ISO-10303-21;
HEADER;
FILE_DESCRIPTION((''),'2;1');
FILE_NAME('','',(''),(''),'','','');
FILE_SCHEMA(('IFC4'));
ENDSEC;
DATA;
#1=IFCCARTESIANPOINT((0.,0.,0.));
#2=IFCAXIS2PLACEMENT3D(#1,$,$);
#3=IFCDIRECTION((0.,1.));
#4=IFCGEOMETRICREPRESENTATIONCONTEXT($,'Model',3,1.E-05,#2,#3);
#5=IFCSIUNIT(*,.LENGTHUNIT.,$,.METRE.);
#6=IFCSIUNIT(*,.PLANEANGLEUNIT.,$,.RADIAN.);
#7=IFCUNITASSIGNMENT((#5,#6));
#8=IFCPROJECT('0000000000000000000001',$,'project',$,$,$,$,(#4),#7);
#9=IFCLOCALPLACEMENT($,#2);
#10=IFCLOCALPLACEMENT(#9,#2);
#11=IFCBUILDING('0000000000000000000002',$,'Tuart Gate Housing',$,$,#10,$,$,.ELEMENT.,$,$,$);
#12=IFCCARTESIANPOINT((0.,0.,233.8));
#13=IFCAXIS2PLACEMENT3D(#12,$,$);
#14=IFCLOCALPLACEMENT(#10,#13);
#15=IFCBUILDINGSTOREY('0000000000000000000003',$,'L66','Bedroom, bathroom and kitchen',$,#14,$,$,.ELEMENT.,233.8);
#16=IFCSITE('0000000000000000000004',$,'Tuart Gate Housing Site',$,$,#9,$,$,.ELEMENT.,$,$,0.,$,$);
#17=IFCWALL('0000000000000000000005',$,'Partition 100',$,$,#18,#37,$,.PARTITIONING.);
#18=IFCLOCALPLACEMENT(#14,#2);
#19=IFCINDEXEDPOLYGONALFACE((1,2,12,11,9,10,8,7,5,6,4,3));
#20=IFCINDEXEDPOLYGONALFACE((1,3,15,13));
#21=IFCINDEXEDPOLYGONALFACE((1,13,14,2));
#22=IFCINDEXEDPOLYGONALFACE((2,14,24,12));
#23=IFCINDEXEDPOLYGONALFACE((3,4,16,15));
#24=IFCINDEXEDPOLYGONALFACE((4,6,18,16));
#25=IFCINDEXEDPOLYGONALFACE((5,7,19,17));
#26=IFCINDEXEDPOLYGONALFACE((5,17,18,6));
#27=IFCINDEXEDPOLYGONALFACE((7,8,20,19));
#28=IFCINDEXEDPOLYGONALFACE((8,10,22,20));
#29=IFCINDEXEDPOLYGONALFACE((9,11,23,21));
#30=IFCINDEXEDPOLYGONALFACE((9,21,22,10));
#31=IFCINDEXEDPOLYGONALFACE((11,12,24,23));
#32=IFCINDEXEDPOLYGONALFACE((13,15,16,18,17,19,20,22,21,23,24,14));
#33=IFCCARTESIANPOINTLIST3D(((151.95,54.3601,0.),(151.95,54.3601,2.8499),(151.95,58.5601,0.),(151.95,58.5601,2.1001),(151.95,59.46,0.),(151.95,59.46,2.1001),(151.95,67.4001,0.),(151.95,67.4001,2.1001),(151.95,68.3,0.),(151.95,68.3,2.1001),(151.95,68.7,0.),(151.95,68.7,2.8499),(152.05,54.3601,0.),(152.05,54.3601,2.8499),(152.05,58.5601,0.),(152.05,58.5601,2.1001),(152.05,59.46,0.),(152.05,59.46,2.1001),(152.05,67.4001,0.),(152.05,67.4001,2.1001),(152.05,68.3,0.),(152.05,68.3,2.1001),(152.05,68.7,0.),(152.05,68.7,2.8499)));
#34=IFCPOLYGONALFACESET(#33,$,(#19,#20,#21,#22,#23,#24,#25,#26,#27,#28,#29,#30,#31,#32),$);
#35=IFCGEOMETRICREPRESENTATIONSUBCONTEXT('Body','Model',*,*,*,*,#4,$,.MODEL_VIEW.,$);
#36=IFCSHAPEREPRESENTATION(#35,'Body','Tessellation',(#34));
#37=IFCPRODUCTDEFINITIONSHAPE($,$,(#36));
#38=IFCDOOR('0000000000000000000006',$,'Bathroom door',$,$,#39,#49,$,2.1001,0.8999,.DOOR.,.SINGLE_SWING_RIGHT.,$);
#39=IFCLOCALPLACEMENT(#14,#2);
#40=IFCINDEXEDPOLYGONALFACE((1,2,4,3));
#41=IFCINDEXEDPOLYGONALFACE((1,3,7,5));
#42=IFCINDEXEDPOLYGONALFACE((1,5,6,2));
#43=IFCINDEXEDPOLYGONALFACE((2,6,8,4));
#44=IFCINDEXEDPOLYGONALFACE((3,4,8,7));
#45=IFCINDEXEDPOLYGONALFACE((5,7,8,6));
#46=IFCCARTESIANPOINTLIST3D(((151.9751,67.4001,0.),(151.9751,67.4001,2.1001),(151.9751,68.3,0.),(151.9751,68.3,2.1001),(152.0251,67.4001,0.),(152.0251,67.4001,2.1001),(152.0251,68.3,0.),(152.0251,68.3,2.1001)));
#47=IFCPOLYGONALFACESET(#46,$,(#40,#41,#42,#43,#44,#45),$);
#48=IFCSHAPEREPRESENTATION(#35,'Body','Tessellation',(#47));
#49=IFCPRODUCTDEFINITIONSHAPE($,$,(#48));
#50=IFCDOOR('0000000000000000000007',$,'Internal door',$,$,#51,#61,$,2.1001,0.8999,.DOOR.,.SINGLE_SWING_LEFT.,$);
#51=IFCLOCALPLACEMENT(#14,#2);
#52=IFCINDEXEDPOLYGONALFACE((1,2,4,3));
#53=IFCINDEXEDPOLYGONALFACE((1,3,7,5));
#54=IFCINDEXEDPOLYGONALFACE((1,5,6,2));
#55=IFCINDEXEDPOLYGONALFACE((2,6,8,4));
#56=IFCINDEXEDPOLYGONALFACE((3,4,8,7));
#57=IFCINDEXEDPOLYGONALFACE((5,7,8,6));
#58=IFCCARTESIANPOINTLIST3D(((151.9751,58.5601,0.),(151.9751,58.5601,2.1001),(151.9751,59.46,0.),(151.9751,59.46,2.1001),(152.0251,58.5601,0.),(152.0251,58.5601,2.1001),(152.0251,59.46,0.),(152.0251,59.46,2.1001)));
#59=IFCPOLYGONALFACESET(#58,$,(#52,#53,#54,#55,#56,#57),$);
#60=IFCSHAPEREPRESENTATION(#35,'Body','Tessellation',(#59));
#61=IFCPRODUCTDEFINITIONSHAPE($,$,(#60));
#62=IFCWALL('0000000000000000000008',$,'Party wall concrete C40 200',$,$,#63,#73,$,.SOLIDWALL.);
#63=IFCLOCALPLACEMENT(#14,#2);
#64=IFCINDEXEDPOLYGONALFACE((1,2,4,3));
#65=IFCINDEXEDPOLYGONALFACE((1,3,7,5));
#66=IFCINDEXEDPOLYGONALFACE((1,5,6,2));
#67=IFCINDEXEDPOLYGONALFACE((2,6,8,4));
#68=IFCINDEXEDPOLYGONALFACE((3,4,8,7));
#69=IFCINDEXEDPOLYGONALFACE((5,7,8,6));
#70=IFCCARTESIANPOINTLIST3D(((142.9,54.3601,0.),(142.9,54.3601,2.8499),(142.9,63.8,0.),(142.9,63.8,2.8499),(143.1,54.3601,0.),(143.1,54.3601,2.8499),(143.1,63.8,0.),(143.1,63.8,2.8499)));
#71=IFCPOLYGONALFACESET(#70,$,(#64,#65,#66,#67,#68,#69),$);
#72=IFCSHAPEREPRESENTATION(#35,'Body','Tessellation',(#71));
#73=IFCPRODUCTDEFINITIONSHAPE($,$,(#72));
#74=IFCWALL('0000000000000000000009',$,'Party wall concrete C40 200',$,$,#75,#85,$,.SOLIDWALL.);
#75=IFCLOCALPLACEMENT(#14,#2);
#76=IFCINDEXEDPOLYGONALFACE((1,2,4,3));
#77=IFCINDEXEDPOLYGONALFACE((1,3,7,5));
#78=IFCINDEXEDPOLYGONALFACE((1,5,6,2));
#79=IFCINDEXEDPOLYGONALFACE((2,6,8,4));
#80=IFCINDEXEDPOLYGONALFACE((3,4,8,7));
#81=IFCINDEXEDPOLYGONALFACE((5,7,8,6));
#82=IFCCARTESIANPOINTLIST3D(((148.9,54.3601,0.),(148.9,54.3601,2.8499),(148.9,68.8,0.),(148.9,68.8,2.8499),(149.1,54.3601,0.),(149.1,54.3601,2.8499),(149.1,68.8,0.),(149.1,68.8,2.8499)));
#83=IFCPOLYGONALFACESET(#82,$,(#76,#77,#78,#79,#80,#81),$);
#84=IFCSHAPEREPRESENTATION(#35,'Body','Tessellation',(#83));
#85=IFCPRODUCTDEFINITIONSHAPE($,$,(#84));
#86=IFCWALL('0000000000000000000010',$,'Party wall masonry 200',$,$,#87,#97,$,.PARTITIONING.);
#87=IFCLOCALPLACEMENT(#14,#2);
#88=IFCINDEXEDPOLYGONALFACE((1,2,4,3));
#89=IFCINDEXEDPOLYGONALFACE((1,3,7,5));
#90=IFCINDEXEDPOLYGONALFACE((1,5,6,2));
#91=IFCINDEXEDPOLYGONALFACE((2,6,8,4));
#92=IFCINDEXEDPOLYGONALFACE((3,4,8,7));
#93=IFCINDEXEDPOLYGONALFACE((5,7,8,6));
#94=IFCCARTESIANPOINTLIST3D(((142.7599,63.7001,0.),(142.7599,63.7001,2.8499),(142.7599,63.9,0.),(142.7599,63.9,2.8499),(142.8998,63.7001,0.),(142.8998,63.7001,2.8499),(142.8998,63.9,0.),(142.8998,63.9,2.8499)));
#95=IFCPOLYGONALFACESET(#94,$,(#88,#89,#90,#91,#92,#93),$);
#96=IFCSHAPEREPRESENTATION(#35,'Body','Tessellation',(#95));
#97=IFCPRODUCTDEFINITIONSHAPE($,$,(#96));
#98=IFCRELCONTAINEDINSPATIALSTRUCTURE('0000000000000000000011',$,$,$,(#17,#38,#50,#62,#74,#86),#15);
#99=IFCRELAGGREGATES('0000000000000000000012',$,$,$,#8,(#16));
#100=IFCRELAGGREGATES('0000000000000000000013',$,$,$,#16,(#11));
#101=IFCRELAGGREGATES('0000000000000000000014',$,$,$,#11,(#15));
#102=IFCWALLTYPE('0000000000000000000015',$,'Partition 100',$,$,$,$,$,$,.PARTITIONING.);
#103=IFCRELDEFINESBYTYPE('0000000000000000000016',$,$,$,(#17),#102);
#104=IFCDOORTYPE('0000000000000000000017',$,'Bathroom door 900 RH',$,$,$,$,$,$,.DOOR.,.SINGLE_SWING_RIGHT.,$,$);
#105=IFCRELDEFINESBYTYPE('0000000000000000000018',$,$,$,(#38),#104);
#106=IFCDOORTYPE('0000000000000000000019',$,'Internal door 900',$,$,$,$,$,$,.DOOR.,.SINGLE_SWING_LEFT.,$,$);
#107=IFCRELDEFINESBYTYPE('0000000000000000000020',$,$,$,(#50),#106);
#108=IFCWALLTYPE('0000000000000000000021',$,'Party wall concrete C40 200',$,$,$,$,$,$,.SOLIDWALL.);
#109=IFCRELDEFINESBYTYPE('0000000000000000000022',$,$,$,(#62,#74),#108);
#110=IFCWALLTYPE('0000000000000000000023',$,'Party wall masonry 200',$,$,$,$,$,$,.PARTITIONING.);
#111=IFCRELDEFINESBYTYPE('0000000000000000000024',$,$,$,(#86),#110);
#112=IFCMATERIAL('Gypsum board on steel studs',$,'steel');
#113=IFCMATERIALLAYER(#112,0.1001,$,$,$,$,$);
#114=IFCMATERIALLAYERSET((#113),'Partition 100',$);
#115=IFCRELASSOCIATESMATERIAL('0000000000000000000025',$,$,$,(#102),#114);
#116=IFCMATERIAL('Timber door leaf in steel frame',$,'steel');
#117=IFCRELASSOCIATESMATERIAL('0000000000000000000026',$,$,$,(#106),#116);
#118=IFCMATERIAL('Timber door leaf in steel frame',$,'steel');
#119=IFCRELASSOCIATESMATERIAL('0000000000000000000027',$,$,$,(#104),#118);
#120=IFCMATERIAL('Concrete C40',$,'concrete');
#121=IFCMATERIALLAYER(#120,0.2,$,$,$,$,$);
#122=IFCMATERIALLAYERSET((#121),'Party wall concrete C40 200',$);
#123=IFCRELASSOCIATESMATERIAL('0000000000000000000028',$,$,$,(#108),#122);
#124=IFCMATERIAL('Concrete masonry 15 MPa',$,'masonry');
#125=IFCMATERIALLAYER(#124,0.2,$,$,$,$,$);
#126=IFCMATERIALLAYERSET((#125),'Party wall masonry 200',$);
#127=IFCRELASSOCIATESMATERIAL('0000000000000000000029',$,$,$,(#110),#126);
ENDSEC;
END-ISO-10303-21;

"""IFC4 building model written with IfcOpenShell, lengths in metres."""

from ifc_helpers import new_model, si_unit, direction, frame, frame_2d, origin, place, context, subcontext, project, spatial, rectangle, extrude, material, layer, layer_set, type_object, element, fill, save


model = new_model("IFC4")

# Units and contexts
model_context = context("Model", 3, precision=1e-05, world=origin(), true_north=direction((0.0, 1.0)))
body_context = subcontext(model_context, "Body", "Model", "MODEL_VIEW")
ifc_project = project(units=[si_unit("LENGTHUNIT", "METRE"), si_unit("PLANEANGLEUNIT", "RADIAN")], contexts=[model_context])

# Site, building, storey
site_placement = place(None, origin())
site = spatial("IfcSite", under=ifc_project, at=site_placement, Name="Tuart Gate Housing Site", CompositionType="ELEMENT", RefElevation=0.0)
building_placement = place(site_placement, origin())
building = spatial("IfcBuilding", under=site, at=building_placement, Name="Tuart Gate Housing", CompositionType="ELEMENT")
storey_placement = place(building_placement, frame((0.0, 0.0, 233.8)))
storey = spatial("IfcBuildingStorey", under=building, at=storey_placement, Name="L66", Description="Bedroom, bathroom and kitchen", CompositionType="ELEMENT", Elevation=233.8)

# Shared definitions
ifc_material_1 = material(Name="Gypsum board on steel studs", Category="steel")
ifc_layer_1 = layer(ifc_material_1, 0.1001)
ifc_layer_set_1 = layer_set([ifc_layer_1], Name="Partition 100")
wall_type_1 = type_object("IfcWallType", Name="Partition 100", PredefinedType="PARTITIONING", material=ifc_layer_set_1)
ifc_material_2 = material(Name="Timber door leaf in steel frame", Category="steel")
door_type_1 = type_object("IfcDoorType", Name="Internal door 900", OperationType="SINGLE_SWING_LEFT", PredefinedType="DOOR", material=ifc_material_2)

# Wall, openings, doors
ifc_material_3 = material(Name="Timber door leaf in steel frame", Category="steel")
door_type_2 = type_object("IfcDoorType", Name="Bathroom door 900 RH", OperationType="SINGLE_SWING_RIGHT", PredefinedType="DOOR", material=ifc_material_3)
wall_1_placement = place(storey_placement, frame((152.0, 54.3601, 0.0), z_axis=(0.0, 0.0, 1.0), x_axis=(0.0, 1.0, 0.0)))
wall_1 = element("IfcWall", 1, at=wall_1_placement, inside=storey, type_object=wall_type_1, Name="Partition 100", PredefinedType="PARTITIONING", context=body_context, shape_type="SweptSolid", body=[
    extrude(rectangle(XDim=14.3398, YDim=0.1001, at=frame_2d((7.1699, 0.0))), origin(), (0.0, 0.0, 1.0), 2.8499),
])
opening_1_placement = place(wall_1_placement, frame((4.2, 0.0, 0.0)))
opening_1 = element("IfcOpeningElement", 2, at=opening_1_placement, cuts=wall_1, PredefinedType="OPENING", context=body_context, shape_type="SweptSolid", body=[
    extrude(rectangle(XDim=0.8999, YDim=2.1001, at=frame_2d((0.45, 1.05))), frame((0.0, 0.0601, 0.0), z_axis=(0.0, -1.0, 0.0), x_axis=(1.0, 0.0, 0.0)), (0.0, 0.0, 1.0), 0.1201),
])
opening_2_placement = place(wall_1_placement, frame((13.04, 0.0, 0.0)))
opening_2 = element("IfcOpeningElement", 3, at=opening_2_placement, cuts=wall_1, PredefinedType="OPENING", context=body_context, shape_type="SweptSolid", body=[
    extrude(rectangle(XDim=0.8999, YDim=2.1001, at=frame_2d((0.45, 1.05))), frame((0.0, 0.0601, 0.0), z_axis=(0.0, -1.0, 0.0), x_axis=(1.0, 0.0, 0.0)), (0.0, 0.0, 1.0), 0.1201),
])
door_1_placement = place(opening_2_placement, origin())
door_1 = element("IfcDoor", 4, at=door_1_placement, inside=storey, type_object=door_type_2, Name="Bathroom door", OperationType="SINGLE_SWING_RIGHT", OverallHeight=2.1001, OverallWidth=0.8999, PredefinedType="DOOR", context=body_context, shape_type="SweptSolid", body=[
    extrude(rectangle(XDim=0.8999, YDim=2.1001, at=frame_2d((0.45, 1.05))), frame((0.0, 0.0249, 0.0), z_axis=(0.0, -1.0, 0.0), x_axis=(1.0, 0.0, 0.0)), (0.0, 0.0, 1.0), 0.05),
])
fill(opening_2, door_1)
door_2_placement = place(opening_1_placement, origin())
door_2 = element("IfcDoor", 5, at=door_2_placement, inside=storey, type_object=door_type_1, Name="Internal door", OperationType="SINGLE_SWING_LEFT", OverallHeight=2.1001, OverallWidth=0.8999, PredefinedType="DOOR", context=body_context, shape_type="SweptSolid", body=[
    extrude(rectangle(XDim=0.8999, YDim=2.1001, at=frame_2d((0.45, 1.05))), frame((0.0, 0.0249, 0.0), z_axis=(0.0, -1.0, 0.0), x_axis=(1.0, 0.0, 0.0)), (0.0, 0.0, 1.0), 0.05),
])
fill(opening_1, door_2)

# Walls
ifc_material_4 = material(Name="Concrete C40", Category="concrete")
ifc_layer_2 = layer(ifc_material_4, 0.2)
ifc_layer_set_2 = layer_set([ifc_layer_2], Name="Party wall concrete C40 200")
wall_type_2 = type_object("IfcWallType", Name="Party wall concrete C40 200", PredefinedType="SOLIDWALL", material=ifc_layer_set_2)
wall_2_placement = place(storey_placement, frame((143.0, 54.3601, 0.0), z_axis=(0.0, 0.0, 1.0), x_axis=(0.0, 1.0, 0.0)))
element("IfcWall", 6, at=wall_2_placement, inside=storey, type_object=wall_type_2, Name="Party wall concrete C40 200", PredefinedType="SOLIDWALL", context=body_context, shape_type="SweptSolid", body=[
    extrude(rectangle(XDim=9.4399, YDim=0.2, at=frame_2d((4.72, 0.0))), origin(), (0.0, 0.0, 1.0), 2.8499),
])
wall_3_placement = place(storey_placement, frame((149.0, 54.3601, 0.0), z_axis=(0.0, 0.0, 1.0), x_axis=(0.0, 1.0, 0.0)))
element("IfcWall", 7, at=wall_3_placement, inside=storey, type_object=wall_type_2, Name="Party wall concrete C40 200", PredefinedType="SOLIDWALL", context=body_context, shape_type="SweptSolid", body=[
    extrude(rectangle(XDim=14.4399, YDim=0.2, at=frame_2d((7.22, 0.0))), origin(), (0.0, 0.0, 1.0), 2.8499),
])
ifc_material_5 = material(Name="Concrete masonry 15 MPa", Category="masonry")
ifc_layer_3 = layer(ifc_material_5, 0.2)
ifc_layer_set_3 = layer_set([ifc_layer_3], Name="Party wall masonry 200")
wall_type_3 = type_object("IfcWallType", Name="Party wall masonry 200", PredefinedType="PARTITIONING", material=ifc_layer_set_3)
wall_4_placement = place(storey_placement, frame((142.76, 63.8, 0.0), z_axis=(0.0, 0.0, 1.0), x_axis=(1.0, 0.0, 0.0)))
element("IfcWall", 8, at=wall_4_placement, inside=storey, type_object=wall_type_3, Name="Party wall masonry 200", PredefinedType="PARTITIONING", context=body_context, shape_type="SweptSolid", body=[
    extrude(rectangle(XDim=0.1399, YDim=0.2, at=frame_2d((0.0698, 0.0))), origin(), (0.0, 0.0, 1.0), 2.8499),
])

save(model, "model.ifc")
